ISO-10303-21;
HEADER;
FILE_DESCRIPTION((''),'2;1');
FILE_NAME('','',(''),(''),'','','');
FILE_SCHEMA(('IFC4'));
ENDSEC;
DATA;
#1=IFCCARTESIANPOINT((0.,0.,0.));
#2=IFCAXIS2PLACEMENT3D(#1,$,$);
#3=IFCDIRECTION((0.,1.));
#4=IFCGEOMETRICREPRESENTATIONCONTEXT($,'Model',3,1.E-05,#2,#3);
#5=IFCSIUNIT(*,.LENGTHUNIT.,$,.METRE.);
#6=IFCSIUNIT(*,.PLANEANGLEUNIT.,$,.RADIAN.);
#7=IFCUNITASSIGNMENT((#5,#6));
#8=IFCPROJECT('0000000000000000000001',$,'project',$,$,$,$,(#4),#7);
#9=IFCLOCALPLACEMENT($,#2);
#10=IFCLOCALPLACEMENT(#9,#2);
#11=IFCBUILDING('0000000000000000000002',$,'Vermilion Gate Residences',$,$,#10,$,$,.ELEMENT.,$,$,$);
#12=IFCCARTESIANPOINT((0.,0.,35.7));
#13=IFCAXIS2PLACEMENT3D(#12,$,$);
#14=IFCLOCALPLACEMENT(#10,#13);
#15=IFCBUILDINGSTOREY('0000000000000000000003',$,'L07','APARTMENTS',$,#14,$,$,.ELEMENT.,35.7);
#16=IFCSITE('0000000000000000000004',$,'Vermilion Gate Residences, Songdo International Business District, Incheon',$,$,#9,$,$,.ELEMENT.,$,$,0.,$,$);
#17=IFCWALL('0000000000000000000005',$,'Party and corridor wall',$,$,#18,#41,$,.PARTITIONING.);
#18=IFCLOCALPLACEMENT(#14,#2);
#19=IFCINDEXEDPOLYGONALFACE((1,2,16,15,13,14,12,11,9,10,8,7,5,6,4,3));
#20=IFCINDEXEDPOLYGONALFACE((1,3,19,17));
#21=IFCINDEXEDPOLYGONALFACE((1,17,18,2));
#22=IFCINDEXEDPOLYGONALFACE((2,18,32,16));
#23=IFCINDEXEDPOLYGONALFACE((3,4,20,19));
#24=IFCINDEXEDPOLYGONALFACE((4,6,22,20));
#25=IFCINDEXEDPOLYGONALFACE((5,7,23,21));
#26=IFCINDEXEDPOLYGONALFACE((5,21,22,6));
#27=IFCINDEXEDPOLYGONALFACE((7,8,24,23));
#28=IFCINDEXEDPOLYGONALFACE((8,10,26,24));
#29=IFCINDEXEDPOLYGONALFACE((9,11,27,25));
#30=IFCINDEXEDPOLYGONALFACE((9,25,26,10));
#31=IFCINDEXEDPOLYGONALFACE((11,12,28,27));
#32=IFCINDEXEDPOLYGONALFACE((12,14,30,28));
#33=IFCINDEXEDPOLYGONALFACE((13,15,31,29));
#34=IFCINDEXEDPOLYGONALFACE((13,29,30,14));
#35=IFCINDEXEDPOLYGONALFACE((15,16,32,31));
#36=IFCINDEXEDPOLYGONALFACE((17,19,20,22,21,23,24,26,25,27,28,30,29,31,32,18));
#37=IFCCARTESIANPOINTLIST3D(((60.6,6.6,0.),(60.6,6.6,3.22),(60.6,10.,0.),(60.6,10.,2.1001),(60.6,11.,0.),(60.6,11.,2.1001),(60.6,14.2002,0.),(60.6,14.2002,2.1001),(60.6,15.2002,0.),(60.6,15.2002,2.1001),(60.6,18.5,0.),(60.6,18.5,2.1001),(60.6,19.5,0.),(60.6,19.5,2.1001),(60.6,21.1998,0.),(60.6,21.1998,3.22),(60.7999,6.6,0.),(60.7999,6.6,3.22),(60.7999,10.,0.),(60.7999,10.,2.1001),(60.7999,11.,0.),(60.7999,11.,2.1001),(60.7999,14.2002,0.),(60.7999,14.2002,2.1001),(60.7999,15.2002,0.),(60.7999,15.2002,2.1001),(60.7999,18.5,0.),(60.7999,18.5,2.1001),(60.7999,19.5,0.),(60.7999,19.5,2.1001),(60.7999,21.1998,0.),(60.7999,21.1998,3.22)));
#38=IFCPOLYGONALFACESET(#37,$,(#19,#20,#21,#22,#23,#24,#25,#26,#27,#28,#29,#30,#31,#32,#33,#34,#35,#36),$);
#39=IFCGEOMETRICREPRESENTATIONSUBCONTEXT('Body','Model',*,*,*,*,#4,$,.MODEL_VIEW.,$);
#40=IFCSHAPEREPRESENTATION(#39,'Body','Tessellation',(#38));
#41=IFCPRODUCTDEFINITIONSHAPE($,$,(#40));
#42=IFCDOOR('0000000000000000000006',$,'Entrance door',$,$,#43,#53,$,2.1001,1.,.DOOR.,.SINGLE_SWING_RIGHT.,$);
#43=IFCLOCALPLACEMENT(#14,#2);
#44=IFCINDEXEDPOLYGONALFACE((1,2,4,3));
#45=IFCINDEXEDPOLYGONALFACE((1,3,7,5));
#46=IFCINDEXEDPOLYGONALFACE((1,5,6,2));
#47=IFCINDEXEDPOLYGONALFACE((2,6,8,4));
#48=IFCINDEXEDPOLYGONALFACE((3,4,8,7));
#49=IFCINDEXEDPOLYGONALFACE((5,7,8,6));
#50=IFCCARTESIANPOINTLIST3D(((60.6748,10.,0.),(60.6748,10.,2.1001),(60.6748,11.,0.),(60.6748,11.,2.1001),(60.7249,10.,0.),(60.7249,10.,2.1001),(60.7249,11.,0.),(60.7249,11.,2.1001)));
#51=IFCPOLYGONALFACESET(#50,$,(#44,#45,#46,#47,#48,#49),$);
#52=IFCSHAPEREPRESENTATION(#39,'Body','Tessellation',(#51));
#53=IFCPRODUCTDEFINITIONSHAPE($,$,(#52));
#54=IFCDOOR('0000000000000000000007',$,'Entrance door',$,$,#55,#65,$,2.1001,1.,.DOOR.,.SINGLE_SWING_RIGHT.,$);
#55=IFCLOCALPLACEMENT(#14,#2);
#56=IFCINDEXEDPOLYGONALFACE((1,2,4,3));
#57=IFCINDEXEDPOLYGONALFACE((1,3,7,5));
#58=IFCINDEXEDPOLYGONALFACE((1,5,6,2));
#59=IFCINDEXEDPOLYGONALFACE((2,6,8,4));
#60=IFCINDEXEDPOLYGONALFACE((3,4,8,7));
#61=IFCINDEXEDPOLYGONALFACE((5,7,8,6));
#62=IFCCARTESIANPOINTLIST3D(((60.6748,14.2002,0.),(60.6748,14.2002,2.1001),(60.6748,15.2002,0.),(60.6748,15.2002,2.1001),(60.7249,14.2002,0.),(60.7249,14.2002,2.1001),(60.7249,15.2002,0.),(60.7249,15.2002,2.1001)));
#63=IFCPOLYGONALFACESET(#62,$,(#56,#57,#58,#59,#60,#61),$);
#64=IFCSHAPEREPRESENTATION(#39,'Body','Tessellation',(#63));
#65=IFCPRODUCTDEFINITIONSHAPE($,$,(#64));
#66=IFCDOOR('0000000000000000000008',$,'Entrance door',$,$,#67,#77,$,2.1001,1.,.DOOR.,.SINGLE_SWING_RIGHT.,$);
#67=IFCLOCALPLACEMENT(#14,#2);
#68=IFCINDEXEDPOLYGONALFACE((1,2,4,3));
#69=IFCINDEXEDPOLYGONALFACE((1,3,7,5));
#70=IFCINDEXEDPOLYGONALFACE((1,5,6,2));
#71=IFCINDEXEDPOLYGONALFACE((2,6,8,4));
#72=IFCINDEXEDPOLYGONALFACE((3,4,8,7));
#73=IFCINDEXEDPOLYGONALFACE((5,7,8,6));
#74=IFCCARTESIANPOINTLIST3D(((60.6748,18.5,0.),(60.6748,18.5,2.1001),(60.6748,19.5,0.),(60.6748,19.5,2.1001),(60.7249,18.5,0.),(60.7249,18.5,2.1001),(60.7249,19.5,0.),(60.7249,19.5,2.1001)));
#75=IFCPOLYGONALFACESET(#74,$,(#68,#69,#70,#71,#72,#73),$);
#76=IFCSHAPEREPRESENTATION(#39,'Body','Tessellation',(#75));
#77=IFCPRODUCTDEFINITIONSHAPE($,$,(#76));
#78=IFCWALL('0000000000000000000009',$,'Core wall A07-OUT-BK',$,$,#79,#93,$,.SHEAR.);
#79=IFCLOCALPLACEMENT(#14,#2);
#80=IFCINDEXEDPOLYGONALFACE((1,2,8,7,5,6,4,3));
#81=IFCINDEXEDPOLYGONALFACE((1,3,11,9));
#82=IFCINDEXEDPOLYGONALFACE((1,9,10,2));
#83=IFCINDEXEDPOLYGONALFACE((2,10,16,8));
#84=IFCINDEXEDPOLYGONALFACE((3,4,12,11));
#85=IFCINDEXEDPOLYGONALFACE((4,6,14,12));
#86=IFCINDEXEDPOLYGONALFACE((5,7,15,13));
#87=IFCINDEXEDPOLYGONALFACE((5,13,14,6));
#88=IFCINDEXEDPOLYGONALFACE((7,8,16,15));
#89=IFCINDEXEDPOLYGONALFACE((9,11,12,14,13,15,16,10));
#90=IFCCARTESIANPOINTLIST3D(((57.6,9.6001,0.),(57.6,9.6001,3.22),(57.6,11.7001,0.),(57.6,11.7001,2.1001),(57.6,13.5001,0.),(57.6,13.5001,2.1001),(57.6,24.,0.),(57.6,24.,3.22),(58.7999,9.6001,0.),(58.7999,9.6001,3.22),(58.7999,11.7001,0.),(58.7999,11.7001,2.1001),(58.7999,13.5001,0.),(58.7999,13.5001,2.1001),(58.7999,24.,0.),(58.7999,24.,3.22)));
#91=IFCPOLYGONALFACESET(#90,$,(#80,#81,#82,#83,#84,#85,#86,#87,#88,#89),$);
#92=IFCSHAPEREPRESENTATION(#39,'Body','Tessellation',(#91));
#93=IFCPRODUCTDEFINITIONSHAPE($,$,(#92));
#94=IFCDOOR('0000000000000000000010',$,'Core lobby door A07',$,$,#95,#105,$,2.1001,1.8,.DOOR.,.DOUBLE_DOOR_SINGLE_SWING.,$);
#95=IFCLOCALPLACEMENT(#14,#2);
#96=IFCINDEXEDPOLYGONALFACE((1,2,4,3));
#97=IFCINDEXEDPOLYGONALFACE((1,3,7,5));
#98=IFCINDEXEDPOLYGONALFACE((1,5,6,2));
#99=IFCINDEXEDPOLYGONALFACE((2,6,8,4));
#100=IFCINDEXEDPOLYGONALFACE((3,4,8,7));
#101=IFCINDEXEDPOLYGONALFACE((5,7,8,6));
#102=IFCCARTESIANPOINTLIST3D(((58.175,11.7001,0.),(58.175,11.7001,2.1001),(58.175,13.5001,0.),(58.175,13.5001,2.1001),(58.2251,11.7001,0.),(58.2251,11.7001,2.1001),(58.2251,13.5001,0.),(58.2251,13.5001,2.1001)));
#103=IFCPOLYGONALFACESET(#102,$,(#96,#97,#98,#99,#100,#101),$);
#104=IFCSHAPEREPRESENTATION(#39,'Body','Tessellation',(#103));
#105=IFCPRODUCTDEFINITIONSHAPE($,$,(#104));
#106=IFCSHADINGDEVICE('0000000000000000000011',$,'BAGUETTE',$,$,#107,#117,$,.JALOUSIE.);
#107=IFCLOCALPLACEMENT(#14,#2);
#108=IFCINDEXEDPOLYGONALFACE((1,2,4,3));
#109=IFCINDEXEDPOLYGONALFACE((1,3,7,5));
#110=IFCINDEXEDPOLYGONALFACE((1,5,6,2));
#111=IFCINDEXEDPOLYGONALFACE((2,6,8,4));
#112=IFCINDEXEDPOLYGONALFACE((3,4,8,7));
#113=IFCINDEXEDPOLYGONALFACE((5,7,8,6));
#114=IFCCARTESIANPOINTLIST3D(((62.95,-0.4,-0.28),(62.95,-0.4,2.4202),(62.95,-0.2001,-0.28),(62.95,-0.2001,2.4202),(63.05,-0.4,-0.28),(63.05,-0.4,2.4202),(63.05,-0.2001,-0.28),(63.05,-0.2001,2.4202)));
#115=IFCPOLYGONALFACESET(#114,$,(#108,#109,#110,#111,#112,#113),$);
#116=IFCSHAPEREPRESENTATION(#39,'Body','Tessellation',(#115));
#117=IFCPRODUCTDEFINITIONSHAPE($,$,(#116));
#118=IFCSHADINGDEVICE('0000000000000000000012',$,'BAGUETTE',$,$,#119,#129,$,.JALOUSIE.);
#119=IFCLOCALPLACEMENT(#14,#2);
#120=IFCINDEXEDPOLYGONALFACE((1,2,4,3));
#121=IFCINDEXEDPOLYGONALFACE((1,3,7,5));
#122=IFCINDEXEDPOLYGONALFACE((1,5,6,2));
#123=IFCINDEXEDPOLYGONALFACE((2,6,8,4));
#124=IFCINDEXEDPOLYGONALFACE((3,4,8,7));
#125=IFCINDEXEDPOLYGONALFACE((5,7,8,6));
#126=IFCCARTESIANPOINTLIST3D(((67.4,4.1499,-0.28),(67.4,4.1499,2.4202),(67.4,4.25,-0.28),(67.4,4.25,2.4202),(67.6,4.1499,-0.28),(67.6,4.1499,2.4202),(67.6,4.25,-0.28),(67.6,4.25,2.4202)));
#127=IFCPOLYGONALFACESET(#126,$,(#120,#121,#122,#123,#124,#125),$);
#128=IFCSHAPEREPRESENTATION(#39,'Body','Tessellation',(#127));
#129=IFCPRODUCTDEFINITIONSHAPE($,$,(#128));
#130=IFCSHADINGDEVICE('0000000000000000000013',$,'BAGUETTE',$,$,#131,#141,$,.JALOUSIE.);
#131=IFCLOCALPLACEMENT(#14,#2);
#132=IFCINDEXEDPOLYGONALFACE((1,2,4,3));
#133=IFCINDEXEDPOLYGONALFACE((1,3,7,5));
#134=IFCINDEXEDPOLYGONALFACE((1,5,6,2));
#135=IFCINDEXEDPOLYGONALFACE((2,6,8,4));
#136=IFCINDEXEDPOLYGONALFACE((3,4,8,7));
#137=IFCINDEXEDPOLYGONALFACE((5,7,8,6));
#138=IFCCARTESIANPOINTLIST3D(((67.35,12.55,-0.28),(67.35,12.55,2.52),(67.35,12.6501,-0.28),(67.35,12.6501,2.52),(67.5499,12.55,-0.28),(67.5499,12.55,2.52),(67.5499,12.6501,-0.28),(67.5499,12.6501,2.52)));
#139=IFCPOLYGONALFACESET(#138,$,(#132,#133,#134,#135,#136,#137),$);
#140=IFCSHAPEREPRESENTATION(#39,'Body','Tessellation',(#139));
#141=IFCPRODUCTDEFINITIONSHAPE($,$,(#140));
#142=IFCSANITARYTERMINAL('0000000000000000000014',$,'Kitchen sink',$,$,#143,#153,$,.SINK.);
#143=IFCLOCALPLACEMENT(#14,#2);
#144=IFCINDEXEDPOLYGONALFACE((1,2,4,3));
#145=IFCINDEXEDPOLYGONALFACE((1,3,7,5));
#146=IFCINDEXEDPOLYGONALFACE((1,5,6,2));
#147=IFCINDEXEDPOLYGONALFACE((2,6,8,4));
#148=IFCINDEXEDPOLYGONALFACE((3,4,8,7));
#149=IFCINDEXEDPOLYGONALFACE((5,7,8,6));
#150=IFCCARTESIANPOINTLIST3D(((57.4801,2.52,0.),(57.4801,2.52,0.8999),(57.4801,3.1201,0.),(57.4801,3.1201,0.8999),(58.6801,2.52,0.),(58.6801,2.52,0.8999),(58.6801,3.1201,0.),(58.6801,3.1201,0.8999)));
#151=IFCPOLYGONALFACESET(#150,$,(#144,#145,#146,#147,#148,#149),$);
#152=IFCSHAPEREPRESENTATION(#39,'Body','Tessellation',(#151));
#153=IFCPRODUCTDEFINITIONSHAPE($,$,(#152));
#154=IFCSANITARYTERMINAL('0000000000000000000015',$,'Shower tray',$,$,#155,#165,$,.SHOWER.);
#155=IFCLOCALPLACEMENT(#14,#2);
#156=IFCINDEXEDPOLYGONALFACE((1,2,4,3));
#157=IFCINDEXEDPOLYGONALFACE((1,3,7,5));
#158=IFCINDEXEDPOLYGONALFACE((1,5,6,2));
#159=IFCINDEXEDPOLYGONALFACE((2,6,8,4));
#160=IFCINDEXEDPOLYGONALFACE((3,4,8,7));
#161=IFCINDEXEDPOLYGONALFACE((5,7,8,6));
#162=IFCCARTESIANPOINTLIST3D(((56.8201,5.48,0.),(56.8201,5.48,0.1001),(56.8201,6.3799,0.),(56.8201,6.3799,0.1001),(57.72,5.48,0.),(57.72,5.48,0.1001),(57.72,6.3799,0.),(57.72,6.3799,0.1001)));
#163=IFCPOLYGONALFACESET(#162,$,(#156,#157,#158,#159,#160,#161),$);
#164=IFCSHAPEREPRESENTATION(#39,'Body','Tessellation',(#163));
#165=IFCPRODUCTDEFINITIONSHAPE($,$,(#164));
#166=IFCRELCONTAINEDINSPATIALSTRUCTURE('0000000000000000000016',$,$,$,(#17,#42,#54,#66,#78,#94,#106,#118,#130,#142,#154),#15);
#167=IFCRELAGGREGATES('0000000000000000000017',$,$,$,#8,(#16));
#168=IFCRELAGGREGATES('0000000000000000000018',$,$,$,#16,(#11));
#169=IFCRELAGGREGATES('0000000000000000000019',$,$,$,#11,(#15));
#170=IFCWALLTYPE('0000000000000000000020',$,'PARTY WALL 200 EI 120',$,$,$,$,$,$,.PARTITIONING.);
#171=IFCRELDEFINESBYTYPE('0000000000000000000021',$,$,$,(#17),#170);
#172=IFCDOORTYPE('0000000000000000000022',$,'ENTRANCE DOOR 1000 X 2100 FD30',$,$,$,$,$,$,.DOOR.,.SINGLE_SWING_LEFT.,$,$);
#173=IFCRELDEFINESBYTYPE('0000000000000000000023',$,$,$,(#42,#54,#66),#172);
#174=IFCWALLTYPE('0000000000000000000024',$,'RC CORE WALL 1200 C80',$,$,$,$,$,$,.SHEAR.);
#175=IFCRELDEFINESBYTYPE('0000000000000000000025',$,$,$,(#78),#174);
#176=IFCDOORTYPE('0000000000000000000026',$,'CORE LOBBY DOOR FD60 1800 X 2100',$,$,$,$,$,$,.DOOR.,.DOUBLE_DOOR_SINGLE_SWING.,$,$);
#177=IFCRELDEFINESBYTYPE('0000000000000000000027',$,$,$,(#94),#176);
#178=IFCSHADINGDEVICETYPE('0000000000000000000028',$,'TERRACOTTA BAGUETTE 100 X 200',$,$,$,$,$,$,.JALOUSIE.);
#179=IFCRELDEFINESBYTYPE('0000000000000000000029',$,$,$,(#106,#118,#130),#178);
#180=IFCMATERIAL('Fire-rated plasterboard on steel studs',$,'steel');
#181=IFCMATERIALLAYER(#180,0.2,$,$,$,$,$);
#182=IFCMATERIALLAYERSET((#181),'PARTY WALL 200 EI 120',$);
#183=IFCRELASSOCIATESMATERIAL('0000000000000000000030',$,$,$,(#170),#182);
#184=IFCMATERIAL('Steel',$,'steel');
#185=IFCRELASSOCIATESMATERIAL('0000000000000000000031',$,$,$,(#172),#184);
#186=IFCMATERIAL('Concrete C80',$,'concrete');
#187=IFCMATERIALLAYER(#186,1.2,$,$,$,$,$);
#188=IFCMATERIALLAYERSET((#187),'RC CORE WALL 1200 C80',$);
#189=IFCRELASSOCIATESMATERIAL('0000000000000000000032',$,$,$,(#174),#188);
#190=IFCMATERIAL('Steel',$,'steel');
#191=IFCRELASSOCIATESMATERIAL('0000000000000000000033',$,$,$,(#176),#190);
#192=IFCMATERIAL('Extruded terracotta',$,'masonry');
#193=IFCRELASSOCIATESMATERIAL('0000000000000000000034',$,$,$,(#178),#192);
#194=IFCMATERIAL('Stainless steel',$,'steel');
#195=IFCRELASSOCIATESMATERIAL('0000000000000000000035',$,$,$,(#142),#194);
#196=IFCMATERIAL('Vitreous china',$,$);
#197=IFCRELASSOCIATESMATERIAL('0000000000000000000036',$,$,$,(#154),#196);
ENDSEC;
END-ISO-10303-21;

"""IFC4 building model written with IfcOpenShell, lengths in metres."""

from ifc_helpers import new_model, si_unit, direction, frame, frame_2d, origin, origin_2d, place, context, subcontext, project, spatial, rectangle, extrude, material, layer, layer_set, material_profile, profile_set, type_object, element, fill, save


model = new_model("IFC4")

# Units and contexts
model_context = context("Model", 3, precision=1e-05, world=origin(), true_north=direction((0.0, 1.0)))
body_context = subcontext(model_context, "Body", "Model", "MODEL_VIEW")
ifc_project = project(units=[si_unit("LENGTHUNIT", "METRE"), si_unit("PLANEANGLEUNIT", "RADIAN")], contexts=[model_context])

# Site, building, storey
site_placement = place(None, origin())
site = spatial("IfcSite", under=ifc_project, at=site_placement, Name="Vermilion Gate Residences, Songdo International Business District, Incheon", CompositionType="ELEMENT", RefElevation=0.0)
building_placement = place(site_placement, origin())
building = spatial("IfcBuilding", under=site, at=building_placement, Name="Vermilion Gate Residences", CompositionType="ELEMENT")
storey_placement = place(building_placement, frame((0.0, 0.0, 35.7)))
storey = spatial("IfcBuildingStorey", under=building, at=storey_placement, Name="L07", Description="APARTMENTS", CompositionType="ELEMENT", Elevation=35.7)

# Shared definitions
ifc_material_1 = material(Name="Fire-rated plasterboard on steel studs", Category="steel")
ifc_layer_1 = layer(ifc_material_1, 0.2)
ifc_layer_set_1 = layer_set([ifc_layer_1], Name="PARTY WALL 200 EI 120")
wall_type_1 = type_object("IfcWallType", Name="PARTY WALL 200 EI 120", PredefinedType="PARTITIONING", material=ifc_layer_set_1)

# Wall, openings, doors
wall_1_placement = place(storey_placement, frame((60.7, 6.6001, 0.0), z_axis=(0.0, 0.0, 1.0), x_axis=(0.0, 1.0, 0.0)))
wall_1 = element("IfcWall", 1, at=wall_1_placement, inside=storey, type_object=wall_type_1, Name="Party and corridor wall", PredefinedType="PARTITIONING", context=body_context, shape_type="SweptSolid", body=[
    extrude(rectangle(XDim=14.5999, YDim=0.2, at=frame_2d((7.2998, 0.0))), origin(), (0.0, 0.0, 1.0), 3.22),
])
opening_1_placement = place(wall_1_placement, frame((3.3999, 0.0, 0.0)))
opening_1 = element("IfcOpeningElement", 2, at=opening_1_placement, cuts=wall_1, PredefinedType="OPENING", context=body_context, shape_type="SweptSolid", body=[
    extrude(rectangle(XDim=1.0, YDim=2.1001, at=frame_2d((0.5, 1.05))), frame((0.0, 0.1099, 0.0), z_axis=(0.0, -1.0, 0.0), x_axis=(1.0, 0.0, 0.0)), (0.0, 0.0, 1.0), 0.22),
])
opening_2_placement = place(wall_1_placement, frame((7.6001, 0.0, 0.0)))
opening_2 = element("IfcOpeningElement", 3, at=opening_2_placement, cuts=wall_1, PredefinedType="OPENING", context=body_context, shape_type="SweptSolid", body=[
    extrude(rectangle(XDim=1.0, YDim=2.1001, at=frame_2d((0.5, 1.05))), frame((0.0, 0.1099, 0.0), z_axis=(0.0, -1.0, 0.0), x_axis=(1.0, 0.0, 0.0)), (0.0, 0.0, 1.0), 0.22),
])
opening_3_placement = place(wall_1_placement, frame((11.8999, 0.0, 0.0)))
opening_3 = element("IfcOpeningElement", 4, at=opening_3_placement, cuts=wall_1, PredefinedType="OPENING", context=body_context, shape_type="SweptSolid", body=[
    extrude(rectangle(XDim=1.0, YDim=2.1001, at=frame_2d((0.5, 1.05))), frame((0.0, 0.1099, 0.0), z_axis=(0.0, -1.0, 0.0), x_axis=(1.0, 0.0, 0.0)), (0.0, 0.0, 1.0), 0.22),
])
ifc_material_2 = material(Name="Steel", Category="steel")
door_type_1 = type_object("IfcDoorType", Name="ENTRANCE DOOR 1000 X 2100 FD30", OperationType="SINGLE_SWING_LEFT", PredefinedType="DOOR", material=ifc_material_2)
door_1_placement = place(opening_1_placement, frame((1.0, 0.0, 0.0), z_axis=(0.0, 0.0, 1.0), x_axis=(-1.0, 0.0, 0.0)))
door_1 = element("IfcDoor", 5, at=door_1_placement, inside=storey, type_object=door_type_1, Name="Entrance door", OperationType="SINGLE_SWING_RIGHT", OverallHeight=2.1001, OverallWidth=1.0, PredefinedType="DOOR", context=body_context, shape_type="SweptSolid", body=[
    extrude(rectangle(XDim=1.0, YDim=2.1001, at=frame_2d((0.5, 1.05))), frame((0.0, 0.0249, 0.0), z_axis=(0.0, -1.0, 0.0), x_axis=(1.0, 0.0, 0.0)), (0.0, 0.0, 1.0), 0.05),
])
fill(opening_1, door_1)
door_2_placement = place(opening_2_placement, frame((1.0, 0.0, 0.0), z_axis=(0.0, 0.0, 1.0), x_axis=(-1.0, 0.0, 0.0)))
door_2 = element("IfcDoor", 6, at=door_2_placement, inside=storey, type_object=door_type_1, Name="Entrance door", OperationType="SINGLE_SWING_RIGHT", OverallHeight=2.1001, OverallWidth=1.0, PredefinedType="DOOR", context=body_context, shape_type="SweptSolid", body=[
    extrude(rectangle(XDim=1.0, YDim=2.1001, at=frame_2d((0.5, 1.05))), frame((0.0, 0.0249, 0.0), z_axis=(0.0, -1.0, 0.0), x_axis=(1.0, 0.0, 0.0)), (0.0, 0.0, 1.0), 0.05),
])
fill(opening_2, door_2)
door_3_placement = place(opening_3_placement, frame((1.0, 0.0, 0.0), z_axis=(0.0, 0.0, 1.0), x_axis=(-1.0, 0.0, 0.0)))
door_3 = element("IfcDoor", 7, at=door_3_placement, inside=storey, type_object=door_type_1, Name="Entrance door", OperationType="SINGLE_SWING_RIGHT", OverallHeight=2.1001, OverallWidth=1.0, PredefinedType="DOOR", context=body_context, shape_type="SweptSolid", body=[
    extrude(rectangle(XDim=1.0, YDim=2.1001, at=frame_2d((0.5, 1.05))), frame((0.0, 0.0249, 0.0), z_axis=(0.0, -1.0, 0.0), x_axis=(1.0, 0.0, 0.0)), (0.0, 0.0, 1.0), 0.05),
])
fill(opening_3, door_3)

# Wall, opening, door
ifc_material_3 = material(Name="Concrete C80", Category="concrete")
ifc_layer_2 = layer(ifc_material_3, 1.2)
ifc_layer_set_2 = layer_set([ifc_layer_2], Name="RC CORE WALL 1200 C80")
wall_type_2 = type_object("IfcWallType", Name="RC CORE WALL 1200 C80", PredefinedType="SHEAR", material=ifc_layer_set_2)
wall_2_placement = place(storey_placement, frame((58.2, 9.6001, 0.0), z_axis=(0.0, 0.0, 1.0), x_axis=(0.0, 1.0, 0.0)))
wall_2 = element("IfcWall", 8, at=wall_2_placement, inside=storey, type_object=wall_type_2, Name="Core wall A07-OUT-BK", PredefinedType="SHEAR", context=body_context, shape_type="SweptSolid", body=[
    extrude(rectangle(XDim=14.3999, YDim=1.2, at=frame_2d((7.2, 0.0))), origin(), (0.0, 0.0, 1.0), 3.22),
])
opening_4_placement = place(wall_2_placement, frame((2.1001, 0.0, 0.0)))
opening_4 = element("IfcOpeningElement", 9, at=opening_4_placement, cuts=wall_2, PredefinedType="OPENING", context=body_context, shape_type="SweptSolid", body=[
    extrude(rectangle(XDim=1.8, YDim=2.1001, at=frame_2d((0.8999, 1.05))), frame((0.0, 0.6099, 0.0), z_axis=(0.0, -1.0, 0.0), x_axis=(1.0, 0.0, 0.0)), (0.0, 0.0, 1.0), 1.22),
])
ifc_material_4 = material(Name="Steel", Category="steel")
door_type_2 = type_object("IfcDoorType", Name="CORE LOBBY DOOR FD60 1800 X 2100", OperationType="DOUBLE_DOOR_SINGLE_SWING", PredefinedType="DOOR", material=ifc_material_4)
door_4_placement = place(opening_4_placement, origin())
door_4 = element("IfcDoor", 10, at=door_4_placement, inside=storey, type_object=door_type_2, Name="Core lobby door A07", OperationType="DOUBLE_DOOR_SINGLE_SWING", OverallHeight=2.1001, OverallWidth=1.8, PredefinedType="DOOR", context=body_context, shape_type="SweptSolid", body=[
    extrude(rectangle(XDim=1.8, YDim=2.1001, at=frame_2d((0.8999, 1.05))), frame((0.0, 0.0249, 0.0), z_axis=(0.0, -1.0, 0.0), x_axis=(1.0, 0.0, 0.0)), (0.0, 0.0, 1.0), 0.05),
])
fill(opening_4, door_4)

# Shading devices
ifc_material_5 = material(Name="Extruded terracotta", Category="masonry")
ifc_material_profile_1 = material_profile(ifc_material_5, rectangle(XDim=0.2, YDim=0.1001, at=origin_2d()), Name="BAGUETTE 100 X 200")
ifc_profile_set_1 = profile_set([ifc_material_profile_1], Name="Extruded terracotta")
shading_device_type = type_object("IfcShadingDeviceType", Name="TERRACOTTA BAGUETTE 100 X 200", PredefinedType="JALOUSIE", material=ifc_profile_set_1)
for number, where, z_axis, x_axis, name in (
    (11, (63.0, -0.3, -0.28), (0.0, 0.0, 1.0), (0.0, 1.0, 0.0), "BAGUETTE"),
    (12, (67.5, 4.2, -0.28), (0.0, 0.0, 1.0), (-1.0, 0.0, 0.0), "BAGUETTE"),
):
    element("IfcShadingDevice", number, at=place(storey_placement, frame(where, z_axis=z_axis, x_axis=x_axis)), inside=storey, type_object=shading_device_type, Name=name, PredefinedType="JALOUSIE", context=body_context, shape_type="SweptSolid", body=[
        extrude(rectangle(XDim=0.2, YDim=0.1001, at=origin_2d()), origin(), (0.0, 0.0, 1.0), 2.7002),
    ])
shading_device_placement = place(storey_placement, frame((67.45, 12.6001, -0.28), z_axis=(0.0, 0.0, 1.0), x_axis=(-1.0, 0.0, 0.0)))
element("IfcShadingDevice", 13, at=shading_device_placement, inside=storey, type_object=shading_device_type, Name="BAGUETTE", PredefinedType="JALOUSIE", context=body_context, shape_type="SweptSolid", body=[
    extrude(rectangle(XDim=0.2, YDim=0.1001, at=origin_2d()), origin(), (0.0, 0.0, 1.0), 2.8),
])

# Sanitary terminals
ifc_material_6 = material(Name="Stainless steel", Category="steel")
sanitary_terminal_1_placement = place(storey_placement, frame((58.0801, 2.8201, 0.0), z_axis=(0.0, 0.0, 1.0), x_axis=(1.0, 0.0, 0.0)))
element("IfcSanitaryTerminal", 14, at=sanitary_terminal_1_placement, inside=storey, material=ifc_material_6, Name="Kitchen sink", PredefinedType="SINK", context=body_context, shape_type="SweptSolid", body=[
    extrude(rectangle(XDim=1.2, YDim=0.6001, at=origin_2d()), origin(), (0.0, 0.0, 1.0), 0.8999),
])
ifc_material_7 = material(Name="Vitreous china")
sanitary_terminal_2_placement = place(storey_placement, frame((57.27, 5.9299, 0.0), z_axis=(0.0, 0.0, 1.0), x_axis=(1.0, 0.0, 0.0)))
element("IfcSanitaryTerminal", 15, at=sanitary_terminal_2_placement, inside=storey, material=ifc_material_7, Name="Shower tray", PredefinedType="SHOWER", context=body_context, shape_type="SweptSolid", body=[
    extrude(rectangle(XDim=0.8999, YDim=0.8999, at=origin_2d()), origin(), (0.0, 0.0, 1.0), 0.1001),
])

save(model, "model.ifc")
